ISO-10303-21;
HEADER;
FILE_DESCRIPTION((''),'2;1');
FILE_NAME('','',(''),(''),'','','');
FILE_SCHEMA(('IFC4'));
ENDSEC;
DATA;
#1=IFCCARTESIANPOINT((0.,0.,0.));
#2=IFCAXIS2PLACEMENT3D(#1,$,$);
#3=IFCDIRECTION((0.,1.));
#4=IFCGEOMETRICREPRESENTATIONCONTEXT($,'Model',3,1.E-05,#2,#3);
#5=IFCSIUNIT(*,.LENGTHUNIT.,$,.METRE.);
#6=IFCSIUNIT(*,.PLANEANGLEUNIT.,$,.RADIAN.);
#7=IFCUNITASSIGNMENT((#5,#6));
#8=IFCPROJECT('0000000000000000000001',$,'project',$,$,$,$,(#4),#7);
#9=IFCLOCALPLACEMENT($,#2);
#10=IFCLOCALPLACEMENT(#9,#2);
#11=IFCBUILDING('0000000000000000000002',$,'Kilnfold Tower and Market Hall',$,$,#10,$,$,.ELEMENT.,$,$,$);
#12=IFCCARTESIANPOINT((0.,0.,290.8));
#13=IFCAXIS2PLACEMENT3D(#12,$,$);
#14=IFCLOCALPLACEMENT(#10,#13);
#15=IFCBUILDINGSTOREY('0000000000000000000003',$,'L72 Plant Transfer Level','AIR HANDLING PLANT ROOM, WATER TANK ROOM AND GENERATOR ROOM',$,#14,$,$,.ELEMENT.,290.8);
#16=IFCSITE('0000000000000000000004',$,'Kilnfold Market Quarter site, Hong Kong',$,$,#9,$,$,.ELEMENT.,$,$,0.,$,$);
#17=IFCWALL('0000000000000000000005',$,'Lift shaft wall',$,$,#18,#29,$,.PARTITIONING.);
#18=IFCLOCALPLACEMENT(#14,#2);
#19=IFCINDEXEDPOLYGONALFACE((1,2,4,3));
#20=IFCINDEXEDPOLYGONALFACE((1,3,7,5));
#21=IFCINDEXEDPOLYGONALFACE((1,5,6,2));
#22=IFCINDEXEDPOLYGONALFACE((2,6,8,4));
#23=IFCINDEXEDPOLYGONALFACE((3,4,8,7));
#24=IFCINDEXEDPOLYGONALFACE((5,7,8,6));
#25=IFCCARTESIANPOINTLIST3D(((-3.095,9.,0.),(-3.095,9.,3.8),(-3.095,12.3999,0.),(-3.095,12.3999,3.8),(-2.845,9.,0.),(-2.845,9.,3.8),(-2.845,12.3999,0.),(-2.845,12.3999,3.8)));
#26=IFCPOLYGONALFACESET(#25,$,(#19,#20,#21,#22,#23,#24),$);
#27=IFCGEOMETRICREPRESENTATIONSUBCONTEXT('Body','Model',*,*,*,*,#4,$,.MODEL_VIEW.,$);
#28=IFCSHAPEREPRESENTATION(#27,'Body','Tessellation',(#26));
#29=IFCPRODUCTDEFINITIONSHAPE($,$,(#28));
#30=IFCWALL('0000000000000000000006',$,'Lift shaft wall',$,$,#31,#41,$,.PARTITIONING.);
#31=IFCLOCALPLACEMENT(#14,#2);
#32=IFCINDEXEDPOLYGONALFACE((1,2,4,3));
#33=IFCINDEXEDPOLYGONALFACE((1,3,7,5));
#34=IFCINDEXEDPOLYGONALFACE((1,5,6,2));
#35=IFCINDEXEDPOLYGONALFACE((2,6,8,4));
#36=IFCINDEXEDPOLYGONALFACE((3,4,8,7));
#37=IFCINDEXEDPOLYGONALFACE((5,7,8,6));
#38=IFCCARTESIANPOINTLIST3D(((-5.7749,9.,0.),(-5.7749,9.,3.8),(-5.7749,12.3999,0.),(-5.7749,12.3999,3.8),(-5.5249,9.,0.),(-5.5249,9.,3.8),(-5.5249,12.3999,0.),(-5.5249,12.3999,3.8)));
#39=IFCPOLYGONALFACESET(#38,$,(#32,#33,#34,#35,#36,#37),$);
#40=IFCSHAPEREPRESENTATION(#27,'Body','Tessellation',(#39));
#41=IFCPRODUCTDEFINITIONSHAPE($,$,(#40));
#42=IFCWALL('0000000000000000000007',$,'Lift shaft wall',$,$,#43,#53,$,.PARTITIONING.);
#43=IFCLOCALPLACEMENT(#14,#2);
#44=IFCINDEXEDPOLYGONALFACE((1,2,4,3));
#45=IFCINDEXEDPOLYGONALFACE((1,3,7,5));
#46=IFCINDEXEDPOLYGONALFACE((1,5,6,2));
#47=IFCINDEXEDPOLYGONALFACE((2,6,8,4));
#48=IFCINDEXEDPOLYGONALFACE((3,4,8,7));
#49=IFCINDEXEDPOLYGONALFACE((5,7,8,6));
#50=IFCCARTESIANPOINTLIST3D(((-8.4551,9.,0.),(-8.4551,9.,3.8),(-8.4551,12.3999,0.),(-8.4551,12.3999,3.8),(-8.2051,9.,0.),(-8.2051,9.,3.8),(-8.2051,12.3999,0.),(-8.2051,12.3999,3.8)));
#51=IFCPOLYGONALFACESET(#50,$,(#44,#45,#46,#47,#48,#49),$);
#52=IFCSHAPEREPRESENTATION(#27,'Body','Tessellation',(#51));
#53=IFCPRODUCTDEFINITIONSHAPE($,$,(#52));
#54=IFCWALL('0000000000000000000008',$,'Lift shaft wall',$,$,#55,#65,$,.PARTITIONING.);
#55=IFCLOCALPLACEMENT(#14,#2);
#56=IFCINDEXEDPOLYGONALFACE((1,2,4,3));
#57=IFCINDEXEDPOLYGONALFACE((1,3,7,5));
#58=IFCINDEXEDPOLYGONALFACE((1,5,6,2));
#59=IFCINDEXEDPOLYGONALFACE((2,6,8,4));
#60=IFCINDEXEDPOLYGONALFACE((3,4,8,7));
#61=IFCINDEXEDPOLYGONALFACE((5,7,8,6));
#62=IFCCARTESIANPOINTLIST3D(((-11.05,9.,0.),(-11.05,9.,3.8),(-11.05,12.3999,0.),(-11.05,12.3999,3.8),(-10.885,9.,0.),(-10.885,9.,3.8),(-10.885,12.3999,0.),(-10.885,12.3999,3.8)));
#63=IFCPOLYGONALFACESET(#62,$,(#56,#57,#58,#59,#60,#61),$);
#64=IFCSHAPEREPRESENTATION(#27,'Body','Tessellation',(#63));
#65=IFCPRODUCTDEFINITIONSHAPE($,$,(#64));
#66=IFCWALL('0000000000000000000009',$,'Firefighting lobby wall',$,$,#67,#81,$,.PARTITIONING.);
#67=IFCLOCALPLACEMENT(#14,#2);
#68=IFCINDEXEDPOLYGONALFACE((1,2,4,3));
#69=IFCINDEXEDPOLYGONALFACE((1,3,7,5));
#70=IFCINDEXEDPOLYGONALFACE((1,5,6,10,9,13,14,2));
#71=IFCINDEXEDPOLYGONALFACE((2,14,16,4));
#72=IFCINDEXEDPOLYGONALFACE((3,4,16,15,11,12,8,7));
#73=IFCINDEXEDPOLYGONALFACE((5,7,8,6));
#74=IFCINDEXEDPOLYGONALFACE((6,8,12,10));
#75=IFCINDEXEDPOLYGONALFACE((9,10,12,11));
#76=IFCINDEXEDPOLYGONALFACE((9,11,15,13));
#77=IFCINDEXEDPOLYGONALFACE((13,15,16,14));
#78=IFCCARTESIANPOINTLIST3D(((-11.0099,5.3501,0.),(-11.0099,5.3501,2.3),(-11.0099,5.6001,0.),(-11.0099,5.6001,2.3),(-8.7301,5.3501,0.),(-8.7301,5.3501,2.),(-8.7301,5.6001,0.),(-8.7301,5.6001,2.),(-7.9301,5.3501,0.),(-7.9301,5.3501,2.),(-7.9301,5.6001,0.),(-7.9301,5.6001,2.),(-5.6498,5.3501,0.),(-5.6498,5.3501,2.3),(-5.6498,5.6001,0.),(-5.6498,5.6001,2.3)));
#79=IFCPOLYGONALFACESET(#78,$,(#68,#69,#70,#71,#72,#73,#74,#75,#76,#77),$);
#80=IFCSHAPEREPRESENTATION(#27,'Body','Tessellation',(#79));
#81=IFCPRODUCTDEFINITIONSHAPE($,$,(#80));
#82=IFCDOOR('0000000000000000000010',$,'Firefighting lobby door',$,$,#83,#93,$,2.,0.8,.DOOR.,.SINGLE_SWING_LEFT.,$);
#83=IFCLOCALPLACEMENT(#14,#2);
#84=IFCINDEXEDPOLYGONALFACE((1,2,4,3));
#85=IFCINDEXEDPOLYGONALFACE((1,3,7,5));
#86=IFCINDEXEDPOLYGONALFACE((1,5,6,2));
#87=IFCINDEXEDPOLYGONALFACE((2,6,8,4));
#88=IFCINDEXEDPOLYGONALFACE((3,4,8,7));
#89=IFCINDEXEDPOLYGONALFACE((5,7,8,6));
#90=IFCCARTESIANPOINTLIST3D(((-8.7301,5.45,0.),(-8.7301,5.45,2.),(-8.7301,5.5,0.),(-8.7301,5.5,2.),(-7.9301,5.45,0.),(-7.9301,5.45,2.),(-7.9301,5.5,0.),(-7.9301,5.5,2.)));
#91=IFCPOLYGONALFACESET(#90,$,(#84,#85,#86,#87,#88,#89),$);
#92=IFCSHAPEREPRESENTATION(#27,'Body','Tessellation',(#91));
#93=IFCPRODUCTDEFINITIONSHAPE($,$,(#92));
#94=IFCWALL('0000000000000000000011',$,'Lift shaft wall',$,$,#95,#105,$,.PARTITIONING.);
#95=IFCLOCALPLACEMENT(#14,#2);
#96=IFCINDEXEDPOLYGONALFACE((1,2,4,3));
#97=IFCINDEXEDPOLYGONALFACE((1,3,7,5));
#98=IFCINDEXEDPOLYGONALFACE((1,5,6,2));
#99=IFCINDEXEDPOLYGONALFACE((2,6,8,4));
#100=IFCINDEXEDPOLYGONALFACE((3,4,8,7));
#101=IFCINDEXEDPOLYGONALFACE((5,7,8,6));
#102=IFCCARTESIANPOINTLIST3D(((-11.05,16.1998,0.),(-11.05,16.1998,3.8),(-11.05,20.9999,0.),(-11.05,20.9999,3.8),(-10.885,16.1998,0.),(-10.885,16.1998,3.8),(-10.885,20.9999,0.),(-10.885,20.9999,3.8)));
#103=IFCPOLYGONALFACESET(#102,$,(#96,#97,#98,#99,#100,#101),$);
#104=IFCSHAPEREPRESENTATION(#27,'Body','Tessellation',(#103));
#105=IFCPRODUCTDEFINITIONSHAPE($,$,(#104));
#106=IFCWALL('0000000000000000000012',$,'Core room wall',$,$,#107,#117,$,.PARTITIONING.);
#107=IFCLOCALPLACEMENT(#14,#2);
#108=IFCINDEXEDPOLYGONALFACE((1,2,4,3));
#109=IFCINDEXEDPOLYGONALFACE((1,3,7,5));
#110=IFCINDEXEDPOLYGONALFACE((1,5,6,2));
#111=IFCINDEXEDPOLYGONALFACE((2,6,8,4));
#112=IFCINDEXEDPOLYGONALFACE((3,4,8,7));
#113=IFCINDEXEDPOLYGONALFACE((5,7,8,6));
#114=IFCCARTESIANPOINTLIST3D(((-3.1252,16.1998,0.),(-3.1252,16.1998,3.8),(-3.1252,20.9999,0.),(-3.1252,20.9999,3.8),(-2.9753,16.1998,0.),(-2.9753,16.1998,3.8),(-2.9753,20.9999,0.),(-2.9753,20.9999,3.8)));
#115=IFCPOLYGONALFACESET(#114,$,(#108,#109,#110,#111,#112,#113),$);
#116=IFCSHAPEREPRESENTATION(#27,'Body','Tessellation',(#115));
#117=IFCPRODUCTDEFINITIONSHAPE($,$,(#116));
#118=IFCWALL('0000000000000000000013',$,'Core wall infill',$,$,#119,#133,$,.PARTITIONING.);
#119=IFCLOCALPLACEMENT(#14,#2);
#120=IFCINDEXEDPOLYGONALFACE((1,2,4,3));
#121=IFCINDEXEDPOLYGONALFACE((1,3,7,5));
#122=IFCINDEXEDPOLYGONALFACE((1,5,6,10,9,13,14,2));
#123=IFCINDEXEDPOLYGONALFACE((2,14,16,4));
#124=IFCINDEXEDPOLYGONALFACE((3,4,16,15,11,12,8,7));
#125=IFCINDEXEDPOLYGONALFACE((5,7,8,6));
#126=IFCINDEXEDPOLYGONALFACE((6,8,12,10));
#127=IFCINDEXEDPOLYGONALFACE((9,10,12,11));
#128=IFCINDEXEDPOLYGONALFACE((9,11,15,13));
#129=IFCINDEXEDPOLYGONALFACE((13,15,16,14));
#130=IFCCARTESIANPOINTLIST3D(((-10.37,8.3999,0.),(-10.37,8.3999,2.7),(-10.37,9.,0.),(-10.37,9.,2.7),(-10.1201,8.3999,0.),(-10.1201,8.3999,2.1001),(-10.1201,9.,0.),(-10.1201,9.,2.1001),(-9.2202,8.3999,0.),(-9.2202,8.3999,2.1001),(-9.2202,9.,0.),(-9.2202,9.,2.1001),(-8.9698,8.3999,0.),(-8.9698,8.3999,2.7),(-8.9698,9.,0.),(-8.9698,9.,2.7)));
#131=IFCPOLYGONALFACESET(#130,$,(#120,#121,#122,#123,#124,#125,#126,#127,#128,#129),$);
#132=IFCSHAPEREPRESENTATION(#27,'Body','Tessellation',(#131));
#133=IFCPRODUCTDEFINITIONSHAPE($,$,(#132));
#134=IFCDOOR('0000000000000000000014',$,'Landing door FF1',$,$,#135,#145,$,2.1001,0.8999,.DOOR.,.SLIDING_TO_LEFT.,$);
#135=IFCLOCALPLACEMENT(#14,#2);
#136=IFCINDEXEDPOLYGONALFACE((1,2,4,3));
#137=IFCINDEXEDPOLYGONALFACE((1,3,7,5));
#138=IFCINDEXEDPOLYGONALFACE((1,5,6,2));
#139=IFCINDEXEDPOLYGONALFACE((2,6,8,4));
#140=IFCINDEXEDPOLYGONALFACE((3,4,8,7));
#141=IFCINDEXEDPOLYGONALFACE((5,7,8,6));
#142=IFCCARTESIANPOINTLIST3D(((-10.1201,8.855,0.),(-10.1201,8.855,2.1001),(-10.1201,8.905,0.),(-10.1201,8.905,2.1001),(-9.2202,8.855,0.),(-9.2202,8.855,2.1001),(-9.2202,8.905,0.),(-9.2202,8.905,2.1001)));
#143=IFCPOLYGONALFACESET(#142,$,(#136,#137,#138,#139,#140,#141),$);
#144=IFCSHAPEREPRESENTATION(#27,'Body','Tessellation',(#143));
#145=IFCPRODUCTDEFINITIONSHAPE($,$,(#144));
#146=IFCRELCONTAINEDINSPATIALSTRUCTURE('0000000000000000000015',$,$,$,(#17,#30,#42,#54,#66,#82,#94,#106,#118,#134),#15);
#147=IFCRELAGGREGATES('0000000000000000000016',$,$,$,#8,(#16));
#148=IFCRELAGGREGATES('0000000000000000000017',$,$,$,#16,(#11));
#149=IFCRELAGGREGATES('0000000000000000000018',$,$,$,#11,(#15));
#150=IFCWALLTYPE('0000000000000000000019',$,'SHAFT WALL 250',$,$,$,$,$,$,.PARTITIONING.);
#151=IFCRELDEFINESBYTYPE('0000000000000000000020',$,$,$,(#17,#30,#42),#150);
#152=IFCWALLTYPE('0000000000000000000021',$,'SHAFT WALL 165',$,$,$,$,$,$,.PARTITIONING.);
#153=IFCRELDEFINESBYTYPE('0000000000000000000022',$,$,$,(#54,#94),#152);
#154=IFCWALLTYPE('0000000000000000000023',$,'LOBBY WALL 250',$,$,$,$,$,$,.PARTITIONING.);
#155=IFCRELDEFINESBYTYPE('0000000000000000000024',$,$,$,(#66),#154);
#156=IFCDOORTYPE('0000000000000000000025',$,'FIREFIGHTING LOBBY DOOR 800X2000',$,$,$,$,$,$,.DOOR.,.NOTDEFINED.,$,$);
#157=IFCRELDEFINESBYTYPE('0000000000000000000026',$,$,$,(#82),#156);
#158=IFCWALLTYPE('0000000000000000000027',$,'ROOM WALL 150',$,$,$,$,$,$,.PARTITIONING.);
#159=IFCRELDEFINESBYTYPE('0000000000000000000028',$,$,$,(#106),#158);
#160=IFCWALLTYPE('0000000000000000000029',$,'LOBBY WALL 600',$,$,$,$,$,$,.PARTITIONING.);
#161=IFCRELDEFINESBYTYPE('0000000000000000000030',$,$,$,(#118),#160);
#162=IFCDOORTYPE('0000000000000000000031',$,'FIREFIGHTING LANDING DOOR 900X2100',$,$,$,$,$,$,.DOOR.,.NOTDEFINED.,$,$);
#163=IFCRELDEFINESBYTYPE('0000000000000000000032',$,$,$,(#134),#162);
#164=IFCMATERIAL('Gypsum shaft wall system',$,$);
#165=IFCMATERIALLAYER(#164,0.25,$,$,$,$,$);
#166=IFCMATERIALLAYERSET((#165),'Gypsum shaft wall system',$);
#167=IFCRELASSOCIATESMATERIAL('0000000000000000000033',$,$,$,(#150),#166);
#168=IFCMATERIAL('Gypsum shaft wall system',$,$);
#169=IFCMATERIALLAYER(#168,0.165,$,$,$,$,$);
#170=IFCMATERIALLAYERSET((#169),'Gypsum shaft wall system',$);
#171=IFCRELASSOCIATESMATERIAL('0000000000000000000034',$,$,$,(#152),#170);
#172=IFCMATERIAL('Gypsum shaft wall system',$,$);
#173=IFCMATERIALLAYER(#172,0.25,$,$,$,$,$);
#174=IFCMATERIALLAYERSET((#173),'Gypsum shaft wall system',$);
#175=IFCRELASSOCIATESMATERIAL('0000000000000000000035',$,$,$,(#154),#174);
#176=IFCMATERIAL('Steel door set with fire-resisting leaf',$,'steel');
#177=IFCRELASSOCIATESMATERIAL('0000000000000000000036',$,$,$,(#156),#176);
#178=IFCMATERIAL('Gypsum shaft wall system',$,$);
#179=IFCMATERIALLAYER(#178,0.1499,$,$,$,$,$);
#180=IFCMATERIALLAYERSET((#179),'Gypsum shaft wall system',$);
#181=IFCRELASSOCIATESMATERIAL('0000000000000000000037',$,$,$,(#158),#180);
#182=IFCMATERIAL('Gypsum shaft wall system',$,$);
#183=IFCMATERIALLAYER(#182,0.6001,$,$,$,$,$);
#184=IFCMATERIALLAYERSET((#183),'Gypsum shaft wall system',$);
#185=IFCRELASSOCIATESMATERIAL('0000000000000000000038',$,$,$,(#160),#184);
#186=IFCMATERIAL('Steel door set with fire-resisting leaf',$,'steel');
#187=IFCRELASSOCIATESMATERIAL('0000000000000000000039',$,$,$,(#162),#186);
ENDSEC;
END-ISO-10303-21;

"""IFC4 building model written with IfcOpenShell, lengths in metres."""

from ifc_helpers import new_model, si_unit, direction, frame, frame_2d, origin, place, context, subcontext, project, spatial, rectangle, extrude, source, transform, mapped, material, layer, layer_set, type_object, element, fill, save


model = new_model("IFC4")

# Units and contexts
model_context = context("Model", 3, precision=1e-05, world=origin(), true_north=direction((0.0, 1.0)))
body_context = subcontext(model_context, "Body", "Model", "MODEL_VIEW")
ifc_project = project(units=[si_unit("LENGTHUNIT", "METRE"), si_unit("PLANEANGLEUNIT", "RADIAN")], contexts=[model_context])

# Site, building, storey
site_placement = place(None, origin())
site = spatial("IfcSite", under=ifc_project, at=site_placement, Name="Kilnfold Market Quarter site, Hong Kong", CompositionType="ELEMENT", RefElevation=0.0)
building_placement = place(site_placement, origin())
building = spatial("IfcBuilding", under=site, at=building_placement, Name="Kilnfold Tower and Market Hall", CompositionType="ELEMENT")
storey_placement = place(building_placement, frame((0.0, 0.0, 290.8)))
storey = spatial("IfcBuildingStorey", under=building, at=storey_placement, Name="L72 Plant Transfer Level", Description="AIR HANDLING PLANT ROOM, WATER TANK ROOM AND GENERATOR ROOM", CompositionType="ELEMENT", Elevation=290.8)

# Walls
ifc_material_1 = material(Name="Gypsum shaft wall system")
ifc_layer_1 = layer(ifc_material_1, 0.25)
ifc_layer_set_1 = layer_set([ifc_layer_1], Name="Gypsum shaft wall system")
wall_type_1 = type_object("IfcWallType", Name="SHAFT WALL 250", PredefinedType="PARTITIONING", material=ifc_layer_set_1)
shared_shape_1 = source(origin(), body_context, "Body", "SweptSolid", [
    extrude(rectangle(XDim=3.3999, YDim=0.25, at=frame_2d((1.7, 0.0))), origin(), (0.0, 0.0, 1.0), 3.8),
])
for number, where, z_axis, x_axis, name in (
    (1, (-2.97, 9.0, 0.0), (0.0, 0.0, 1.0), (0.0, 1.0, 0.0), "Lift shaft wall"),
    (2, (-5.6499, 9.0, 0.0), (0.0, 0.0, 1.0), (0.0, 1.0, 0.0), "Lift shaft wall"),
    (3, (-8.3301, 9.0, 0.0), (0.0, 0.0, 1.0), (0.0, 1.0, 0.0), "Lift shaft wall"),
):
    element("IfcWall", number, at=place(storey_placement, frame(where, z_axis=z_axis, x_axis=x_axis)), inside=storey, type_object=wall_type_1, Name=name, PredefinedType="PARTITIONING", context=body_context, shape_type="MappedRepresentation", body=[
        mapped(shared_shape_1, transform((0.0, 0.0, 0.0))),
    ])
ifc_material_2 = material(Name="Gypsum shaft wall system")
ifc_layer_2 = layer(ifc_material_2, 0.165)
ifc_layer_set_2 = layer_set([ifc_layer_2], Name="Gypsum shaft wall system")
wall_type_2 = type_object("IfcWallType", Name="SHAFT WALL 165", PredefinedType="PARTITIONING", material=ifc_layer_set_2)
shared_shape_2 = source(origin(), body_context, "Body", "SweptSolid", [
    extrude(rectangle(XDim=3.3999, YDim=0.165, at=frame_2d((1.7, 0.0))), origin(), (0.0, 0.0, 1.0), 3.8),
])
wall_1_placement = place(storey_placement, frame((-10.9675, 9.0, 0.0), z_axis=(0.0, 0.0, 1.0), x_axis=(0.0, 1.0, 0.0)))
element("IfcWall", 4, at=wall_1_placement, inside=storey, type_object=wall_type_2, Name="Lift shaft wall", PredefinedType="PARTITIONING", context=body_context, shape_type="MappedRepresentation", body=[
    mapped(shared_shape_2, transform((0.0, 0.0, 0.0))),
])

# Wall, opening, door
ifc_material_3 = material(Name="Gypsum shaft wall system")
ifc_layer_3 = layer(ifc_material_3, 0.25)
ifc_layer_set_3 = layer_set([ifc_layer_3], Name="Gypsum shaft wall system")
wall_type_3 = type_object("IfcWallType", Name="LOBBY WALL 250", PredefinedType="PARTITIONING", material=ifc_layer_set_3)
shared_shape_3 = source(origin(), body_context, "Body", "SweptSolid", [
    extrude(rectangle(XDim=5.3601, YDim=0.25, at=frame_2d((2.6802, 0.0))), origin(), (0.0, 0.0, 1.0), 2.3),
])
wall_2_placement = place(storey_placement, frame((-11.01, 5.4751, 0.0), z_axis=(0.0, 0.0, 1.0), x_axis=(1.0, 0.0, 0.0)))
wall_2 = element("IfcWall", 5, at=wall_2_placement, inside=storey, type_object=wall_type_3, Name="Firefighting lobby wall", PredefinedType="PARTITIONING", context=body_context, shape_type="MappedRepresentation", body=[
    mapped(shared_shape_3, transform((0.0, 0.0, 0.0))),
])
opening_1_placement = place(wall_2_placement, frame((2.28, 0.0, 0.0)))
opening_1 = element("IfcOpeningElement", 6, at=opening_1_placement, cuts=wall_2, PredefinedType="OPENING", context=body_context, shape_type="SweptSolid", body=[
    extrude(rectangle(XDim=0.8, YDim=2.0, at=frame_2d((0.3999, 1.0))), frame((0.0, 0.135, 0.0), z_axis=(0.0, -1.0, 0.0), x_axis=(1.0, 0.0, 0.0)), (0.0, 0.0, 1.0), 0.27),
])
ifc_material_4 = material(Name="Steel door set with fire-resisting leaf", Category="steel")
door_type_1 = type_object("IfcDoorType", Name="FIREFIGHTING LOBBY DOOR 800X2000", OperationType="NOTDEFINED", PredefinedType="DOOR", material=ifc_material_4)
door_1_placement = place(opening_1_placement, origin())
door_1 = element("IfcDoor", 7, at=door_1_placement, inside=storey, type_object=door_type_1, Name="Firefighting lobby door", OperationType="SINGLE_SWING_LEFT", OverallHeight=2.0, OverallWidth=0.8, PredefinedType="DOOR", context=body_context, shape_type="SweptSolid", body=[
    extrude(rectangle(XDim=0.8, YDim=2.0, at=frame_2d((0.3999, 1.0))), frame((0.0, 0.0249, 0.0), z_axis=(0.0, -1.0, 0.0), x_axis=(1.0, 0.0, 0.0)), (0.0, 0.0, 1.0), 0.05),
])
fill(opening_1, door_1)

# Walls
shared_shape_4 = source(origin(), body_context, "Body", "SweptSolid", [
    extrude(rectangle(XDim=4.8, YDim=0.165, at=frame_2d((2.3999, 0.0))), origin(), (0.0, 0.0, 1.0), 3.8),
])
wall_3_placement = place(storey_placement, frame((-10.9675, 16.2, 0.0), z_axis=(0.0, 0.0, 1.0), x_axis=(0.0, 1.0, 0.0)))
element("IfcWall", 8, at=wall_3_placement, inside=storey, type_object=wall_type_2, Name="Lift shaft wall", PredefinedType="PARTITIONING", context=body_context, shape_type="MappedRepresentation", body=[
    mapped(shared_shape_4, transform((0.0, 0.0, 0.0))),
])
ifc_material_5 = material(Name="Gypsum shaft wall system")
ifc_layer_4 = layer(ifc_material_5, 0.1499)
ifc_layer_set_4 = layer_set([ifc_layer_4], Name="Gypsum shaft wall system")
wall_type_4 = type_object("IfcWallType", Name="ROOM WALL 150", PredefinedType="PARTITIONING", material=ifc_layer_set_4)
shared_shape_5 = source(origin(), body_context, "Body", "SweptSolid", [
    extrude(rectangle(XDim=4.8, YDim=0.1499, at=frame_2d((2.3999, 0.0))), origin(), (0.0, 0.0, 1.0), 3.8),
])
wall_4_placement = place(storey_placement, frame((-3.0503, 16.2, 0.0), z_axis=(0.0, 0.0, 1.0), x_axis=(0.0, 1.0, 0.0)))
element("IfcWall", 9, at=wall_4_placement, inside=storey, type_object=wall_type_4, Name="Core room wall", PredefinedType="PARTITIONING", context=body_context, shape_type="MappedRepresentation", body=[
    mapped(shared_shape_5, transform((0.0, 0.0, 0.0))),
])

# Wall, opening, door
ifc_material_6 = material(Name="Gypsum shaft wall system")
ifc_layer_5 = layer(ifc_material_6, 0.6001)
ifc_layer_set_5 = layer_set([ifc_layer_5], Name="Gypsum shaft wall system")
wall_type_5 = type_object("IfcWallType", Name="LOBBY WALL 600", PredefinedType="PARTITIONING", material=ifc_layer_set_5)
shared_shape_6 = source(origin(), body_context, "Body", "SweptSolid", [
    extrude(rectangle(XDim=1.4001, YDim=0.6001, at=frame_2d((0.7002, 0.0))), origin(), (0.0, 0.0, 1.0), 2.7),
])
wall_5_placement = place(storey_placement, frame((-10.3701, 8.7, 0.0), z_axis=(0.0, 0.0, 1.0), x_axis=(1.0, 0.0, 0.0)))
wall_5 = element("IfcWall", 10, at=wall_5_placement, inside=storey, type_object=wall_type_5, Name="Core wall infill", PredefinedType="PARTITIONING", context=body_context, shape_type="MappedRepresentation", body=[
    mapped(shared_shape_6, transform((0.0, 0.0, 0.0))),
])
opening_2_placement = place(wall_5_placement, frame((0.25, 0.0, 0.0)))
opening_2 = element("IfcOpeningElement", 11, at=opening_2_placement, cuts=wall_5, PredefinedType="OPENING", context=body_context, shape_type="SweptSolid", body=[
    extrude(rectangle(XDim=0.8999, YDim=2.1001, at=frame_2d((0.45, 1.05))), frame((0.0, 0.3101, 0.0), z_axis=(0.0, -1.0, 0.0), x_axis=(1.0, 0.0, 0.0)), (0.0, 0.0, 1.0), 0.6201),
])
ifc_material_7 = material(Name="Steel door set with fire-resisting leaf", Category="steel")
door_type_2 = type_object("IfcDoorType", Name="FIREFIGHTING LANDING DOOR 900X2100", OperationType="NOTDEFINED", PredefinedType="DOOR", material=ifc_material_7)
door_2_placement = place(opening_2_placement, origin())
door_2 = element("IfcDoor", 12, at=door_2_placement, inside=storey, type_object=door_type_2, Name="Landing door FF1", OperationType="SLIDING_TO_LEFT", OverallHeight=2.1001, OverallWidth=0.8999, PredefinedType="DOOR", context=body_context, shape_type="SweptSolid", body=[
    extrude(rectangle(XDim=0.8999, YDim=2.1001, at=frame_2d((0.45, 1.05))), frame((0.0, 0.2051, 0.0), z_axis=(0.0, -1.0, 0.0), x_axis=(1.0, 0.0, 0.0)), (0.0, 0.0, 1.0), 0.05),
])
fill(opening_2, door_2)

save(model, "model.ifc")
